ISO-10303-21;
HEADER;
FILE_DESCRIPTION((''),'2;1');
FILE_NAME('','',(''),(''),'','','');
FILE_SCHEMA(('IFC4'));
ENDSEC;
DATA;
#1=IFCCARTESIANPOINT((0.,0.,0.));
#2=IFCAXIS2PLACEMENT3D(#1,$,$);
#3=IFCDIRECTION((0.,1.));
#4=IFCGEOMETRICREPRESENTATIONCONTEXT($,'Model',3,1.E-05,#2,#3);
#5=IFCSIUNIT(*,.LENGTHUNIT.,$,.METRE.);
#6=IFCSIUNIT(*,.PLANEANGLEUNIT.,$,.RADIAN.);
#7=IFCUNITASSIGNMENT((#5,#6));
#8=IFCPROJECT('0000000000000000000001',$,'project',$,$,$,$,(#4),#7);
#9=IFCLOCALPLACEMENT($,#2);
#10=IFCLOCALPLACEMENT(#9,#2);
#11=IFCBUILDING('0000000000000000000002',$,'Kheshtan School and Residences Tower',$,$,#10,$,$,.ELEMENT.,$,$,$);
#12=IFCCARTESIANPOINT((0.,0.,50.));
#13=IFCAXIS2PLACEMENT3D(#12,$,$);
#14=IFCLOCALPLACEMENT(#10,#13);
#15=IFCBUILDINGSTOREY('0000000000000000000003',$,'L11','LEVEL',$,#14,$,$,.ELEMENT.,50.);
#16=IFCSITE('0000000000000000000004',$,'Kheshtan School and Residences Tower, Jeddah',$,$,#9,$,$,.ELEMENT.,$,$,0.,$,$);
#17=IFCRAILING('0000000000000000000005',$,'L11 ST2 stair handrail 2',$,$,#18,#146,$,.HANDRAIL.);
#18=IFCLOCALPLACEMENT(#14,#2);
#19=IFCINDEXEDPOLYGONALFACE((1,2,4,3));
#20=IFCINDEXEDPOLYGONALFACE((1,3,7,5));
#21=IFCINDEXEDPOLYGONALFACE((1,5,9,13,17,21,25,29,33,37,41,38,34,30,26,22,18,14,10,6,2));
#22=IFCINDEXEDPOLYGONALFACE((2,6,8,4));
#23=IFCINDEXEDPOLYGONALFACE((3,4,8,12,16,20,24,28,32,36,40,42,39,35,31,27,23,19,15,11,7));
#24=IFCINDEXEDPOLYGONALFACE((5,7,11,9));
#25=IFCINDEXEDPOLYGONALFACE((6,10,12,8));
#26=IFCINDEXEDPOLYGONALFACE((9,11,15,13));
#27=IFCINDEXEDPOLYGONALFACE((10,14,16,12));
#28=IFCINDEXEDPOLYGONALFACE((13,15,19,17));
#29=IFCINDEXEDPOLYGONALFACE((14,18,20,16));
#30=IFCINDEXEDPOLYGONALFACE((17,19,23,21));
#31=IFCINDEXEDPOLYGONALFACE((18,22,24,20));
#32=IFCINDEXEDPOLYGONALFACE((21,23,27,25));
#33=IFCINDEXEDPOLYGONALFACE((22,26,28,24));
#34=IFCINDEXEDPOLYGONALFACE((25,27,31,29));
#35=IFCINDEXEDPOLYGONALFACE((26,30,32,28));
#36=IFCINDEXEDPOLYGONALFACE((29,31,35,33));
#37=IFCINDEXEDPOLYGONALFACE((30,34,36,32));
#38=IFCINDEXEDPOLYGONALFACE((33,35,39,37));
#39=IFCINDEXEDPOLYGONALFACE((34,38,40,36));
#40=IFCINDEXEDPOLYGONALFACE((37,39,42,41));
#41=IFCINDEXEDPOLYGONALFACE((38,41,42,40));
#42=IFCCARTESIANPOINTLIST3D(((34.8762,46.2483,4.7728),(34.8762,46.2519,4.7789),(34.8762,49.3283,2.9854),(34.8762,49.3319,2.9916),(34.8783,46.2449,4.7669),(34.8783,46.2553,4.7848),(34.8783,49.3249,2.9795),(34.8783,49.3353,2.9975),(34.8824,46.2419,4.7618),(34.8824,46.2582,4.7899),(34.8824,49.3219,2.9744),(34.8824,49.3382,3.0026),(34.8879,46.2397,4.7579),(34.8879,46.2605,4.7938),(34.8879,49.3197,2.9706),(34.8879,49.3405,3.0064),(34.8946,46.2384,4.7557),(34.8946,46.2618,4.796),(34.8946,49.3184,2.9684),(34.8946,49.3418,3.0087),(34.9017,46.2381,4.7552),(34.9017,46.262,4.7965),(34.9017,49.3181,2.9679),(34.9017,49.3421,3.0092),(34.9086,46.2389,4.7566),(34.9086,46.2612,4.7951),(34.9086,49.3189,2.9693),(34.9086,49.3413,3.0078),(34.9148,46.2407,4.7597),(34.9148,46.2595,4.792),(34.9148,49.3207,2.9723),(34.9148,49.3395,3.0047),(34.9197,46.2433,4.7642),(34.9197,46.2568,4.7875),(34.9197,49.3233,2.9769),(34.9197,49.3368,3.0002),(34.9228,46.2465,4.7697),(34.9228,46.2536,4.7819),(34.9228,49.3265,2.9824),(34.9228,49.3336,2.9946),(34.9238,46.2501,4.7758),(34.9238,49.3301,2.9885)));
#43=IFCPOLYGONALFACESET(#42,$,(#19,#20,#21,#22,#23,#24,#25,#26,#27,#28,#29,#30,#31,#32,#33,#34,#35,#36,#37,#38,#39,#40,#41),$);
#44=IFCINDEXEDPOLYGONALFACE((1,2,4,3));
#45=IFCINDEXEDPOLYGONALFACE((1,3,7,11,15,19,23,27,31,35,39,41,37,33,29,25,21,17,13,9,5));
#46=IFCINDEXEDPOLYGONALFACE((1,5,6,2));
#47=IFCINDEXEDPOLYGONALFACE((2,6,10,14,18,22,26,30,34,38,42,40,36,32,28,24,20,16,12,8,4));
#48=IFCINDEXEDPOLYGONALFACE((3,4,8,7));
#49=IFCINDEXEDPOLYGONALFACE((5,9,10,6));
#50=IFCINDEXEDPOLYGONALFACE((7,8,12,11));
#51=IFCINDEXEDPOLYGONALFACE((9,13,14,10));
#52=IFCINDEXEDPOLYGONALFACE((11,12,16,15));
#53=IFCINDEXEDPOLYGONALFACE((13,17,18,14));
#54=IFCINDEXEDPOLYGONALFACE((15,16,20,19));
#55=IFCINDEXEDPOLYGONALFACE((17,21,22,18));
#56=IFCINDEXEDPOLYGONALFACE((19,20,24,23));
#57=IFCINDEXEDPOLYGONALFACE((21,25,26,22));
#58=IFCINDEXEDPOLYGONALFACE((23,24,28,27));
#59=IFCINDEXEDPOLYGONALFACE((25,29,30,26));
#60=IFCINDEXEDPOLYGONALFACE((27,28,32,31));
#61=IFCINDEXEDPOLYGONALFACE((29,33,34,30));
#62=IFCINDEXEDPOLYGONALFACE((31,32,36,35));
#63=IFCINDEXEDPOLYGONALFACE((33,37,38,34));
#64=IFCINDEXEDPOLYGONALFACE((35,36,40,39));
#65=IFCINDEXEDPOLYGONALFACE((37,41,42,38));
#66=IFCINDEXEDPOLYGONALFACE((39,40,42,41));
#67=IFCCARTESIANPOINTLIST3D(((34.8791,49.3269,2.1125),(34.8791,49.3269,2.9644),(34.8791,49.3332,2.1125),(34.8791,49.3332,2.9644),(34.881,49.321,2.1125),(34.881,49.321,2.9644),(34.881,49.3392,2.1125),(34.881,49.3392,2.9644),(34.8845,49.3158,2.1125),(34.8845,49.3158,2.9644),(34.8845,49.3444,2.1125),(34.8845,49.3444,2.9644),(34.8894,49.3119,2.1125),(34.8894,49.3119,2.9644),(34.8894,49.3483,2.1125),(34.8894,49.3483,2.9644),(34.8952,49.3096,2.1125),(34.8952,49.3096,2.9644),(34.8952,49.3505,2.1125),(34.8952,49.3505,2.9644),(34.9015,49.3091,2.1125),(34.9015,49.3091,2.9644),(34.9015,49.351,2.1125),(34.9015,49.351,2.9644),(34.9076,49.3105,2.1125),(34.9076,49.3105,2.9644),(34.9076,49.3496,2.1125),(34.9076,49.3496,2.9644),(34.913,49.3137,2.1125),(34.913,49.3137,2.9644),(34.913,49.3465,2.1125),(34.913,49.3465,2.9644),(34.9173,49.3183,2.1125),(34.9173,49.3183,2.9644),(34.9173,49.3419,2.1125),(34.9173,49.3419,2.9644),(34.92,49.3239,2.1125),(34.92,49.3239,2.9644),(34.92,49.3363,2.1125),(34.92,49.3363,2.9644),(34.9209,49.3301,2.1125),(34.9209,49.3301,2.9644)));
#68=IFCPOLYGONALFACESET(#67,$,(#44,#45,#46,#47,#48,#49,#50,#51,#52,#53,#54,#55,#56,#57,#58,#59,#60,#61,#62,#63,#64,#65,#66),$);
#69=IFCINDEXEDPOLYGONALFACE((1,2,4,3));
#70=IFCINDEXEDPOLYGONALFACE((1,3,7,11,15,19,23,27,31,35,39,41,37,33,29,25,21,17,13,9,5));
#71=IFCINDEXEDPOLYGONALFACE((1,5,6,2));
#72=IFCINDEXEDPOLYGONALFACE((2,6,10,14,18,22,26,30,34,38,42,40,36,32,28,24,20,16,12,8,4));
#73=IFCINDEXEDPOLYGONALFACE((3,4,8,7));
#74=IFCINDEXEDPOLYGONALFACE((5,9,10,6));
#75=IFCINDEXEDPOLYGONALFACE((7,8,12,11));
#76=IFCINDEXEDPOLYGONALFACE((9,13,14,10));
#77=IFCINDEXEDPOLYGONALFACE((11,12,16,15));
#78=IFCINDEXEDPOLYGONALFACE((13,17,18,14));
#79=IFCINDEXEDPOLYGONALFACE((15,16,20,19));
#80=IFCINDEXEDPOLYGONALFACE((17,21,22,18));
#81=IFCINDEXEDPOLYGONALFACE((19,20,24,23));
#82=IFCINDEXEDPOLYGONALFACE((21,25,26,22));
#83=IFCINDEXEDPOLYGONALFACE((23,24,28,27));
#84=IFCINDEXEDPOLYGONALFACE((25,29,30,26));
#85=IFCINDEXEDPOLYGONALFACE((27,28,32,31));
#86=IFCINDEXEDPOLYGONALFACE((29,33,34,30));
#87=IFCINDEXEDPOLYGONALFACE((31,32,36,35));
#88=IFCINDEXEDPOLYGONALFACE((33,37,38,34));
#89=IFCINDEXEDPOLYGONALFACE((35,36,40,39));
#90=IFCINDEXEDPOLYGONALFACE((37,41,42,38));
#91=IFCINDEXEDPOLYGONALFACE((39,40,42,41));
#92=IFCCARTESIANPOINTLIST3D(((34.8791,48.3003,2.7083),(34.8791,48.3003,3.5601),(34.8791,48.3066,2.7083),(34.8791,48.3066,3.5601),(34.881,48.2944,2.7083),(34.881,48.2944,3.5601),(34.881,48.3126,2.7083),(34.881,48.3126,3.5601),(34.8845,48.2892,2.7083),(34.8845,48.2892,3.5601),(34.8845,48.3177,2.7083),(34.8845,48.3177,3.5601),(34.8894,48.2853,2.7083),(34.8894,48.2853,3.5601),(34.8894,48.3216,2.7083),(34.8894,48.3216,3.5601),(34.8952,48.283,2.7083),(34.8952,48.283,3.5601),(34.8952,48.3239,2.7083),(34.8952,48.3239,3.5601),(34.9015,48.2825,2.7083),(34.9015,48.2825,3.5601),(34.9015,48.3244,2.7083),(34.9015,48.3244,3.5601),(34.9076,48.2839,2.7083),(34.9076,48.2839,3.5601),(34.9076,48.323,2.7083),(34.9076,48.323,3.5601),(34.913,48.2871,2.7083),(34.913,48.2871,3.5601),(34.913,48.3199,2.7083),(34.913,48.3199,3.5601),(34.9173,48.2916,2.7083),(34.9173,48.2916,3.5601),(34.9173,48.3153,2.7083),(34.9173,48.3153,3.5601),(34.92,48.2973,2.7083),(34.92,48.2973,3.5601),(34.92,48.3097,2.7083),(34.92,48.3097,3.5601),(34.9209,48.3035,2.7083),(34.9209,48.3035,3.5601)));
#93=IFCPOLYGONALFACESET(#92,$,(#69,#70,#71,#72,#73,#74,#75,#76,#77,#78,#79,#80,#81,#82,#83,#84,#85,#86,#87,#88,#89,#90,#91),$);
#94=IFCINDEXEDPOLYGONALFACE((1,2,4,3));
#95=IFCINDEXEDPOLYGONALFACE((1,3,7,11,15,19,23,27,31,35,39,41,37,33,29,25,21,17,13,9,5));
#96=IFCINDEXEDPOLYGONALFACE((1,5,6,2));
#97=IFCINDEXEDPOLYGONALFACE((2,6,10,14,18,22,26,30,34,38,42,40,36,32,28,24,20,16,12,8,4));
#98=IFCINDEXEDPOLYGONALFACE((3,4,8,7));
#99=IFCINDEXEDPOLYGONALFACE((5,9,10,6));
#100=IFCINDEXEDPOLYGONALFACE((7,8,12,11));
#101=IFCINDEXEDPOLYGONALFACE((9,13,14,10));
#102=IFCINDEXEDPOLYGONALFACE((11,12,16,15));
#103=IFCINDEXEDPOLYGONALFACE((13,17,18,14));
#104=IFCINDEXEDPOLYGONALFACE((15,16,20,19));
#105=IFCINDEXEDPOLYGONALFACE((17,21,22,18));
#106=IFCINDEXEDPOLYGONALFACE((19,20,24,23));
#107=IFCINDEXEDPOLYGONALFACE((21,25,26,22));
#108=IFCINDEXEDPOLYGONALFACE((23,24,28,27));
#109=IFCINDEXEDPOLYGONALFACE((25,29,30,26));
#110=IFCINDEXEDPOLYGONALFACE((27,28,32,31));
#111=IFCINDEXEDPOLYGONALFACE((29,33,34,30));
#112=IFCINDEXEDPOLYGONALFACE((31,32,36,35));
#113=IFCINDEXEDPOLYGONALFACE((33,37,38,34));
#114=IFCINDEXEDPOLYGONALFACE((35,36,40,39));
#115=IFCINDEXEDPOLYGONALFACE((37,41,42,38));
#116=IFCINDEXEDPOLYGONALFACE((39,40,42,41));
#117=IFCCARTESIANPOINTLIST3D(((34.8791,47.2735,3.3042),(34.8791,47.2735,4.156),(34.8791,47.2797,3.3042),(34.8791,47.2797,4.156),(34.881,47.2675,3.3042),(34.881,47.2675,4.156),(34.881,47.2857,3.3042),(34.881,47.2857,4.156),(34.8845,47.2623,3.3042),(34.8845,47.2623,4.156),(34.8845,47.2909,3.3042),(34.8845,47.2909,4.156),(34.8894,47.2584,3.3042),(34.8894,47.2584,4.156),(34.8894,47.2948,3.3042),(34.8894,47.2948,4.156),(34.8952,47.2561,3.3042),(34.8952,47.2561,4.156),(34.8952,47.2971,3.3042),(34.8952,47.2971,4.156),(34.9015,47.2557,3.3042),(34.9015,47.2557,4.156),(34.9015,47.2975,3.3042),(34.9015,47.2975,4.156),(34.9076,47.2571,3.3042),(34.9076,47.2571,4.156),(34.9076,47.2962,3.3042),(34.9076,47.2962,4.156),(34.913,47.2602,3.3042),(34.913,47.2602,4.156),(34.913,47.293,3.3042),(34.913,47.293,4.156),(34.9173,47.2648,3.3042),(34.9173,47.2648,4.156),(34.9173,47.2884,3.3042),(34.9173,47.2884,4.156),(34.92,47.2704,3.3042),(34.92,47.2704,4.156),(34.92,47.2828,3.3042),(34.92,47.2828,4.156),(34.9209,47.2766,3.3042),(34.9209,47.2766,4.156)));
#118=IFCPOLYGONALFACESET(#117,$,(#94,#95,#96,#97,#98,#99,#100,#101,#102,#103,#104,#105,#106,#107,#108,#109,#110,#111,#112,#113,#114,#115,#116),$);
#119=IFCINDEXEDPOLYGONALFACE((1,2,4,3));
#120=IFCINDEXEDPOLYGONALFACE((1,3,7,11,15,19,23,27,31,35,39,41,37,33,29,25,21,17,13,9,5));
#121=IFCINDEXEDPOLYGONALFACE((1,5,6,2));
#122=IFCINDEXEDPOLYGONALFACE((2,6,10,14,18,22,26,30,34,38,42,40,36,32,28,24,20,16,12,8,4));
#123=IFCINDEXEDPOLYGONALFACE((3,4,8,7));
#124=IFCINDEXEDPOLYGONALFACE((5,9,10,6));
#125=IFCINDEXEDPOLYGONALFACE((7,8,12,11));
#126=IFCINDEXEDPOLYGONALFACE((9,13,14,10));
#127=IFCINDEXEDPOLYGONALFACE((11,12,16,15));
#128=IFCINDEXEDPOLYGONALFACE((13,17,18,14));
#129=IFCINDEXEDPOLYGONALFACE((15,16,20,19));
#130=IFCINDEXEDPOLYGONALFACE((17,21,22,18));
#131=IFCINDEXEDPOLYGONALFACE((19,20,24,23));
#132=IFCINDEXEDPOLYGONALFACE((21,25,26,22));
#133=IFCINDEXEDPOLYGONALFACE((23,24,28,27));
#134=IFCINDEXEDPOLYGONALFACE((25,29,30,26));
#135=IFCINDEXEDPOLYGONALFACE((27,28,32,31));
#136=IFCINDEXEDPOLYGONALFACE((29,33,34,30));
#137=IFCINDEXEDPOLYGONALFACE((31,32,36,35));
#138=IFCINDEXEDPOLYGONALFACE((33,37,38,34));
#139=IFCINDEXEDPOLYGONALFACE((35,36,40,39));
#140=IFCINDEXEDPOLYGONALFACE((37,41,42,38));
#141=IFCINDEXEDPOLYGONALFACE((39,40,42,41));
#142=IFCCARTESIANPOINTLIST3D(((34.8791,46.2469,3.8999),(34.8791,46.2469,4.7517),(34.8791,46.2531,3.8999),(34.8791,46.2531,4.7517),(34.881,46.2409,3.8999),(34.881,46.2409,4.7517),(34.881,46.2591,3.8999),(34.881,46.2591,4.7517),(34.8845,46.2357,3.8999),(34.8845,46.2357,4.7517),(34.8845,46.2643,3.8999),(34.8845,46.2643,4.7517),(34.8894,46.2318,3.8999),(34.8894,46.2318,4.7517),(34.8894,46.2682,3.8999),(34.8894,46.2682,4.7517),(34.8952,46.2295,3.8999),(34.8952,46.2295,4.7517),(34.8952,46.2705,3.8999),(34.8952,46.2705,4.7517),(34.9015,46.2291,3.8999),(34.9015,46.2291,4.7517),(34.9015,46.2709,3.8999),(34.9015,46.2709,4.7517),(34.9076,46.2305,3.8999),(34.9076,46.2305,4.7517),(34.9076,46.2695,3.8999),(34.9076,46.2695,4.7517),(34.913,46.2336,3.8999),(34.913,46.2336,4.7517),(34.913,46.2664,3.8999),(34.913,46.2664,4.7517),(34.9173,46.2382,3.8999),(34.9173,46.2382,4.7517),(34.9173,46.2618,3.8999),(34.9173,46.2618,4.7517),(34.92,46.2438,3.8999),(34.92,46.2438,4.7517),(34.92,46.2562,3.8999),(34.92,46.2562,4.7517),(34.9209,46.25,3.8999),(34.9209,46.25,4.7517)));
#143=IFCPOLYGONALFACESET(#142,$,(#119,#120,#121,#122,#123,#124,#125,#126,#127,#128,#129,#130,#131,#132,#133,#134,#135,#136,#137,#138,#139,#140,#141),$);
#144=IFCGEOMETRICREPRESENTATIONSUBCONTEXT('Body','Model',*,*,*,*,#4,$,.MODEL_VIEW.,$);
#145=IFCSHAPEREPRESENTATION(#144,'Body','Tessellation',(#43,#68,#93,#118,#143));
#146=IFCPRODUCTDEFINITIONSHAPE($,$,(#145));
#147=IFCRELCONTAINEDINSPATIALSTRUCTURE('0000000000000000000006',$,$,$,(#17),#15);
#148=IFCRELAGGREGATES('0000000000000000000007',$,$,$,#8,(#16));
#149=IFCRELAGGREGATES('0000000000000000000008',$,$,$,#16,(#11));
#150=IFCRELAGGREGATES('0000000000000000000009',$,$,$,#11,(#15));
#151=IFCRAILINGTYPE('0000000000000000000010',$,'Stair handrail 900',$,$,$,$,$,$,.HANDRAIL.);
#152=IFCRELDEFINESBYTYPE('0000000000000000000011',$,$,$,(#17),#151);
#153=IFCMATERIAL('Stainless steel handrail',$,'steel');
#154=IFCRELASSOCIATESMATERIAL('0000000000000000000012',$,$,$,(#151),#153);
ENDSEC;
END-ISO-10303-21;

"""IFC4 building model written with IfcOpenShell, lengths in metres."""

from ifc_helpers import new_model, si_unit, direction, frame, origin, origin_2d, place, context, subcontext, project, spatial, circle, extrude, material, type_object, element, save


model = new_model("IFC4")

# Units and contexts
model_context = context("Model", 3, precision=1e-05, world=origin(), true_north=direction((0.0, 1.0)))
body_context = subcontext(model_context, "Body", "Model", "MODEL_VIEW")
ifc_project = project(units=[si_unit("LENGTHUNIT", "METRE"), si_unit("PLANEANGLEUNIT", "RADIAN")], contexts=[model_context])

# Site, building, storey
site_placement = place(None, origin())
site = spatial("IfcSite", under=ifc_project, at=site_placement, Name="Kheshtan School and Residences Tower, Jeddah", CompositionType="ELEMENT", RefElevation=0.0)
building_placement = place(site_placement, origin())
building = spatial("IfcBuilding", under=site, at=building_placement, Name="Kheshtan School and Residences Tower", CompositionType="ELEMENT")
storey_placement = place(building_placement, frame((0.0, 0.0, 50.0)))
storey = spatial("IfcBuildingStorey", under=building, at=storey_placement, Name="L11", Description="LEVEL", CompositionType="ELEMENT", Elevation=50.0)

# Railing
ifc_material_1 = material(Name="Stainless steel handrail", Category="steel")
railing_type_1 = type_object("IfcRailingType", Name="Stair handrail 900", PredefinedType="HANDRAIL", material=ifc_material_1)
railing_1_placement = place(storey_placement, frame((34.8999, 49.3301, 2.1125)))
element("IfcRailing", 1, at=railing_1_placement, inside=storey, type_object=railing_type_1, Name="L11 ST2 stair handrail 2", PredefinedType="HANDRAIL", context=body_context, shape_type="SweptSolid", body=[
    extrude(circle(Radius=0.0239, at=origin_2d()), frame((0.0, 0.0, 0.876), z_axis=(0.0, -0.86492, 0.501909), x_axis=(1.0, 0.0, 0.0)), (0.0, 0.0, 1.0), 3.561),
    extrude(circle(Radius=0.021, at=origin_2d()), origin(), (0.0, 0.0, 1.0), 0.8518),
    extrude(circle(Radius=0.021, at=origin_2d()), frame((0.0, -1.0266, 0.5957)), (0.0, 0.0, 1.0), 0.8518),
    extrude(circle(Radius=0.021, at=origin_2d()), frame((0.0, -2.0535, 1.1917)), (0.0, 0.0, 1.0), 0.8518),
    extrude(circle(Radius=0.021, at=origin_2d()), frame((0.0, -3.0801, 1.7874)), (0.0, 0.0, 1.0), 0.8518),
])

save(model, "model.ifc")
